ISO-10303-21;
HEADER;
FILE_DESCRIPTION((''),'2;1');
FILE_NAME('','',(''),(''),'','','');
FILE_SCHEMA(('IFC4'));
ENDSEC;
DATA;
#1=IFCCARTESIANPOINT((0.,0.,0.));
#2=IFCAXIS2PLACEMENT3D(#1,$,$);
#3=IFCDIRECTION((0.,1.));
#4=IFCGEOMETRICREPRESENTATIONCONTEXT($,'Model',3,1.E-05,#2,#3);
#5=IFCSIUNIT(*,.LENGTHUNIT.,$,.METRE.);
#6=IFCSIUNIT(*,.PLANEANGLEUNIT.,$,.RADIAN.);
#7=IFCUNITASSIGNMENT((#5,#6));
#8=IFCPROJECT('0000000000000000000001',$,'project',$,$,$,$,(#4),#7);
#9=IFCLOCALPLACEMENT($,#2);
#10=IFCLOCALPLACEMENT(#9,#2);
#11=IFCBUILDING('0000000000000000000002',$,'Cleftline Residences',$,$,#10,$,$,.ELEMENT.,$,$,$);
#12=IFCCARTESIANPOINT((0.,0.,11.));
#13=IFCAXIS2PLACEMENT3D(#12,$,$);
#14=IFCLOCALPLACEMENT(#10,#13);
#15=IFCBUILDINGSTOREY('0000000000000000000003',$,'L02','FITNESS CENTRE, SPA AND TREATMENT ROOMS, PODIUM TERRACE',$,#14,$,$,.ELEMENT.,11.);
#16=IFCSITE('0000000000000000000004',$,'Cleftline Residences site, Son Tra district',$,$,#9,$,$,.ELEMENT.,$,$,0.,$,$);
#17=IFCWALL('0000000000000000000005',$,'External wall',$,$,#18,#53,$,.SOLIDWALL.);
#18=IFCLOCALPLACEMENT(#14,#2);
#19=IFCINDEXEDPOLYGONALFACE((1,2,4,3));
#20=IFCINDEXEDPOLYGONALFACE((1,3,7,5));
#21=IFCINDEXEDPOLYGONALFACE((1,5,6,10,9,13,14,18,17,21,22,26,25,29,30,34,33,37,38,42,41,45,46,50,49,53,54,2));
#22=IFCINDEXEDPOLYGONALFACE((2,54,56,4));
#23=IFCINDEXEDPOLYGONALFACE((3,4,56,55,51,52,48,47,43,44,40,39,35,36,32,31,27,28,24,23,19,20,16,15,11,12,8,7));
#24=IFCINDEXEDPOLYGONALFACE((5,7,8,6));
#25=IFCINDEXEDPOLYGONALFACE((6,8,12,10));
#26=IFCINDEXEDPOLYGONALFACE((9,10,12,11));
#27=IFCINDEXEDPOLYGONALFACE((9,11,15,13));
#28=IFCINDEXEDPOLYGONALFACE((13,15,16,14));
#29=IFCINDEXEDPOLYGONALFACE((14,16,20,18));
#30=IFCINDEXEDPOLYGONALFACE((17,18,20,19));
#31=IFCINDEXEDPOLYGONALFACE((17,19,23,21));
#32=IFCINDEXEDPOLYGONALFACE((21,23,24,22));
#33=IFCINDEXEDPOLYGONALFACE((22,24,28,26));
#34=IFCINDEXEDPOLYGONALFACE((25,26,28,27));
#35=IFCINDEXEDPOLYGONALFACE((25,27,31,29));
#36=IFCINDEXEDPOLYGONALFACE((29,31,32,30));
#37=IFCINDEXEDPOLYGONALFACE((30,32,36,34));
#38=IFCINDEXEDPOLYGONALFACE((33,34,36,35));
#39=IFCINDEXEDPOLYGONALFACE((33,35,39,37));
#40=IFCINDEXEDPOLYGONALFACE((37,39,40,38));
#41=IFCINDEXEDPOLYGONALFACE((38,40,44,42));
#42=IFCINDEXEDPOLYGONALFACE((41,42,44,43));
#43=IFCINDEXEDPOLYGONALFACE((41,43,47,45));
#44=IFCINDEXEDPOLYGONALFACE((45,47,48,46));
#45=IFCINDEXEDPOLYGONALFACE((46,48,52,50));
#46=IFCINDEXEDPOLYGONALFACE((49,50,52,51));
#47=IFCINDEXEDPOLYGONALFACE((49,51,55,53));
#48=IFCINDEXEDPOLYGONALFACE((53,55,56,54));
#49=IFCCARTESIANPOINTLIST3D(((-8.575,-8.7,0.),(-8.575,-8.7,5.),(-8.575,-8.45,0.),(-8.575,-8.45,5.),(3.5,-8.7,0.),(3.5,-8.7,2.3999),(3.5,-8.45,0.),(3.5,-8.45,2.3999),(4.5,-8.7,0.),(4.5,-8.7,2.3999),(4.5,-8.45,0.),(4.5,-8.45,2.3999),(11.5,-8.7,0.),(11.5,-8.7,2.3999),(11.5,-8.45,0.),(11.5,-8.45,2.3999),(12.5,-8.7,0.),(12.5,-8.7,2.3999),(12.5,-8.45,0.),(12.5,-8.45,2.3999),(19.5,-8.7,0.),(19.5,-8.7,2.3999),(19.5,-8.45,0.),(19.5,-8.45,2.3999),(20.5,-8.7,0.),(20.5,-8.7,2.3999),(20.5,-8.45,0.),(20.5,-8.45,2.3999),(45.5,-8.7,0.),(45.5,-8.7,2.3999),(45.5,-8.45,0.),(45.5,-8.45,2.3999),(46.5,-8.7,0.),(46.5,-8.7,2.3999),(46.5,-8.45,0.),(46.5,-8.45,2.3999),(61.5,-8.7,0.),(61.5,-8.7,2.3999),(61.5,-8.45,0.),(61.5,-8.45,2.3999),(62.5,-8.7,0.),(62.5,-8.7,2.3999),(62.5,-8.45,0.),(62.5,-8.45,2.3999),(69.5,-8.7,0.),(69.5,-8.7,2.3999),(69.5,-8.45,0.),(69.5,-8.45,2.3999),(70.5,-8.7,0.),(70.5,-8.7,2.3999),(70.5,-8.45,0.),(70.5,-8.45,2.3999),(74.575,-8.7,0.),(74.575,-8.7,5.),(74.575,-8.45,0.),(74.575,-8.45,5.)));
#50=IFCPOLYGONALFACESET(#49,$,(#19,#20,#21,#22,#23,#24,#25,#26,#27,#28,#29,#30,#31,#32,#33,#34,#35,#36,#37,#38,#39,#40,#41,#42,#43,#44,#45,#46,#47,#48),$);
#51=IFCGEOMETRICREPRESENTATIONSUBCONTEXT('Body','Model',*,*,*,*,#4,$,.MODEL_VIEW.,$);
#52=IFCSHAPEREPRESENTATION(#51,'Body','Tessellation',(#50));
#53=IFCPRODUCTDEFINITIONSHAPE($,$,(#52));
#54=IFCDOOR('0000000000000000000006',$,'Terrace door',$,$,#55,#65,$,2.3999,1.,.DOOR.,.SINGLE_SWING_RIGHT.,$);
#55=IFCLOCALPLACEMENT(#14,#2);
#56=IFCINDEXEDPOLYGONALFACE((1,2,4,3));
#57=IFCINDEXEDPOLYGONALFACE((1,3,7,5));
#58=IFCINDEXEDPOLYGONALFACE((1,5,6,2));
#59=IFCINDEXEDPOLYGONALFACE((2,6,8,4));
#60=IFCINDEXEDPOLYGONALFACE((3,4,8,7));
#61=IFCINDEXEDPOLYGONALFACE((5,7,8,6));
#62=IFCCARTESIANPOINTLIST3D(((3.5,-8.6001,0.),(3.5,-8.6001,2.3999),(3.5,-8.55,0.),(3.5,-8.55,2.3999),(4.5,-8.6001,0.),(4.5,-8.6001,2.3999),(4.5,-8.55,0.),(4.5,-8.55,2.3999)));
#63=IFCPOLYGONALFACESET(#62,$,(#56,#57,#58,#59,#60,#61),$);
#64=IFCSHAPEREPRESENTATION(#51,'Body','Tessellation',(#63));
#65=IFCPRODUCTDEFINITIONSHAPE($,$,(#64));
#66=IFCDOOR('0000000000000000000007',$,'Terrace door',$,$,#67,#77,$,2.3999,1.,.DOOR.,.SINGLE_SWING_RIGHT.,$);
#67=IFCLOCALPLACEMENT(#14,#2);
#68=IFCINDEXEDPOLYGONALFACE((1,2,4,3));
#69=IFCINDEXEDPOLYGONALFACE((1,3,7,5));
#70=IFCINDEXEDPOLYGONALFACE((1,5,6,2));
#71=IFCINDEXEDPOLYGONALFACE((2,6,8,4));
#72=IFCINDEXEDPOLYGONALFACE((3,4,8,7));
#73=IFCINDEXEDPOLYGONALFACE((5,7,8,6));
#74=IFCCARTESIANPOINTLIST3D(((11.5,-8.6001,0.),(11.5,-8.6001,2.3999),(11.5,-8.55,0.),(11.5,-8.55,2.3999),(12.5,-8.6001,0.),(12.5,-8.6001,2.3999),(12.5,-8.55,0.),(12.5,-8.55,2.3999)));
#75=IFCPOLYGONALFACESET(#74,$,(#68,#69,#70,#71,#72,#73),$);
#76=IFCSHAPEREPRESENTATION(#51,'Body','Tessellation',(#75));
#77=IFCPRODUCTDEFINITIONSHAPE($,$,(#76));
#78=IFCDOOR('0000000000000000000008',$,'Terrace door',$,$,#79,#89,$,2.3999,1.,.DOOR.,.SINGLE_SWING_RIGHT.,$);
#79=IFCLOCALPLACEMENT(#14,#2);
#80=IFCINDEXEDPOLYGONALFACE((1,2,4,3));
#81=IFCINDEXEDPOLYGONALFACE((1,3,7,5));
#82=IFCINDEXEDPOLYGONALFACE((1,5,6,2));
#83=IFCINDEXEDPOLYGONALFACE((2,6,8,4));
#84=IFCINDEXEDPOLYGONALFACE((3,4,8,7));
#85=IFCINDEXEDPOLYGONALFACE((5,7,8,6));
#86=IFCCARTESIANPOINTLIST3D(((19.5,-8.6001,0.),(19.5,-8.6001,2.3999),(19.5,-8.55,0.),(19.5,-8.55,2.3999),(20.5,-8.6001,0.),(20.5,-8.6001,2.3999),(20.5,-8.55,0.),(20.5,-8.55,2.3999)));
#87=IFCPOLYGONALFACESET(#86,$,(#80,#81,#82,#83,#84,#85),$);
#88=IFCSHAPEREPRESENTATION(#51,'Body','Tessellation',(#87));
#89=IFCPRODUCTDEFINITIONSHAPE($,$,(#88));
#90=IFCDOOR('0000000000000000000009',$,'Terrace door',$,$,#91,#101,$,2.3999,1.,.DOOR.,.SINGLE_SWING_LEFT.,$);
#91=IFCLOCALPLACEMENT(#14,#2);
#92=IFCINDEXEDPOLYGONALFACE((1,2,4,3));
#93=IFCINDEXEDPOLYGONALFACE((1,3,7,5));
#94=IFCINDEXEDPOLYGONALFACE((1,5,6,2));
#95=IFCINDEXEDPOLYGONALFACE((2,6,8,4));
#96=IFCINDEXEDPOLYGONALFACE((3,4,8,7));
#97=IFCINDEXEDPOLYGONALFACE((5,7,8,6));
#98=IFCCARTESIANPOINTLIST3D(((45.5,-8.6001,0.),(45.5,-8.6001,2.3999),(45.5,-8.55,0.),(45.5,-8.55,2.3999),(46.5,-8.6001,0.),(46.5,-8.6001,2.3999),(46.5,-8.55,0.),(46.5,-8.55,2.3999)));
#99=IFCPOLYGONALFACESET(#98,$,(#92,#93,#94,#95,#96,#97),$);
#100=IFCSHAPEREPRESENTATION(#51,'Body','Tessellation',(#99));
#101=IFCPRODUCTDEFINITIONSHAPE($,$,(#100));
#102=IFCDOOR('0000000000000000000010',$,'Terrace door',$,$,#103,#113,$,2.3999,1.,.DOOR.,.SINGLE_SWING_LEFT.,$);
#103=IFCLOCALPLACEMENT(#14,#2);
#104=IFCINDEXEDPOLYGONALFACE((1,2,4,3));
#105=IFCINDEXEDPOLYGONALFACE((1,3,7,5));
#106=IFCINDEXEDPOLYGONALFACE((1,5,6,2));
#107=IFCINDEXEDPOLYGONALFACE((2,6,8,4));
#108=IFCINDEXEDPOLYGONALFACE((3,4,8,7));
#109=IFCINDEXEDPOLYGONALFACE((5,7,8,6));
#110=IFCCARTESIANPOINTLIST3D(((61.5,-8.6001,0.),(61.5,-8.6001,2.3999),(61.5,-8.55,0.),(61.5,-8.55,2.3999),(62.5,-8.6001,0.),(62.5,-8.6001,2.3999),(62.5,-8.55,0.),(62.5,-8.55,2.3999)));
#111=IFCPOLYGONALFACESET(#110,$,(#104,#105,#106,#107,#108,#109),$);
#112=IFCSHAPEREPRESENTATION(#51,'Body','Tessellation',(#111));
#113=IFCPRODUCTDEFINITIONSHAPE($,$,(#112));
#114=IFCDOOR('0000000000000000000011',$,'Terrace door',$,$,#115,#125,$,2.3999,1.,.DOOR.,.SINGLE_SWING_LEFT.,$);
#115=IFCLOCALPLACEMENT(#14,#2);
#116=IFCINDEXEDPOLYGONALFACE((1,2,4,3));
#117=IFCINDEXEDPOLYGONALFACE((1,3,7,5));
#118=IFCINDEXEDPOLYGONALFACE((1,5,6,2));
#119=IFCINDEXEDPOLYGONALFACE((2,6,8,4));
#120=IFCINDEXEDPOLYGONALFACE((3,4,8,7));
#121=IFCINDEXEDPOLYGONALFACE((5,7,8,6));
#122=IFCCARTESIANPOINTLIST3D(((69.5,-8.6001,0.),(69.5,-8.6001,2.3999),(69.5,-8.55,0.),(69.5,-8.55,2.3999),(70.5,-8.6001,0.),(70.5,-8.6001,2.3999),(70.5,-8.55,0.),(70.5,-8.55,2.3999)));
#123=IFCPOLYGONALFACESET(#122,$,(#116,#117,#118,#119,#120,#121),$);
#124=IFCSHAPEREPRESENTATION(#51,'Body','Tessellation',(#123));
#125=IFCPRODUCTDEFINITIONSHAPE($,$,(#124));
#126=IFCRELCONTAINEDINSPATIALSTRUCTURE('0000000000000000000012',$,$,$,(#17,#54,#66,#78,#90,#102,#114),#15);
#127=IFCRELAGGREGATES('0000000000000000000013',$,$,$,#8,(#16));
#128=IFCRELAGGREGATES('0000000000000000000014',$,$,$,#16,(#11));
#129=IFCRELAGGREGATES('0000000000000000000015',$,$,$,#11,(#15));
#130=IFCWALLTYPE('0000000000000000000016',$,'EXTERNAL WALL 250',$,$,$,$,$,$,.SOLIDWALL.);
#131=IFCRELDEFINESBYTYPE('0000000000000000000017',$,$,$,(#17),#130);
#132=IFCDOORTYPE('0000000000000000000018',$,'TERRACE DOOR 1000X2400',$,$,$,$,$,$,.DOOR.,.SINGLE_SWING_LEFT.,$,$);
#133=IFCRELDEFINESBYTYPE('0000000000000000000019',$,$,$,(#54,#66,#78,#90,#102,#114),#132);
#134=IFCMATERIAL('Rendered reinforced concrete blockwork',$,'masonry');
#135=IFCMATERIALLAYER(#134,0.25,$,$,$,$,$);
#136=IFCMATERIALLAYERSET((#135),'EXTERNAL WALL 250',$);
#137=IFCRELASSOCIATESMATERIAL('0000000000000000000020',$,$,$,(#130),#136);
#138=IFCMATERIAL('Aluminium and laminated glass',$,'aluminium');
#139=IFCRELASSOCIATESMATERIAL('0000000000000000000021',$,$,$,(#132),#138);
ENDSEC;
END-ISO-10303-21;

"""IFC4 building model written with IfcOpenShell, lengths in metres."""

from ifc_helpers import new_model, si_unit, direction, frame, frame_2d, origin, place, context, subcontext, project, spatial, rectangle, extrude, material, layer, layer_set, type_object, element, fill, save


model = new_model("IFC4")

# Units and contexts
model_context = context("Model", 3, precision=1e-05, world=origin(), true_north=direction((0.0, 1.0)))
body_context = subcontext(model_context, "Body", "Model", "MODEL_VIEW")
ifc_project = project(units=[si_unit("LENGTHUNIT", "METRE"), si_unit("PLANEANGLEUNIT", "RADIAN")], contexts=[model_context])

# Site, building, storey
site_placement = place(None, origin())
site = spatial("IfcSite", under=ifc_project, at=site_placement, Name="Cleftline Residences site, Son Tra district", CompositionType="ELEMENT", RefElevation=0.0)
building_placement = place(site_placement, origin())
building = spatial("IfcBuilding", under=site, at=building_placement, Name="Cleftline Residences", CompositionType="ELEMENT")
storey_placement = place(building_placement, frame((0.0, 0.0, 11.0)))
storey = spatial("IfcBuildingStorey", under=building, at=storey_placement, Name="L02", Description="FITNESS CENTRE, SPA AND TREATMENT ROOMS, PODIUM TERRACE", CompositionType="ELEMENT", Elevation=11.0)

# Wall, openings, doors
ifc_material_1 = material(Name="Rendered reinforced concrete blockwork", Category="masonry")
ifc_layer = layer(ifc_material_1, 0.25)
ifc_layer_set = layer_set([ifc_layer], Name="EXTERNAL WALL 250")
wall_type = type_object("IfcWallType", Name="EXTERNAL WALL 250", PredefinedType="SOLIDWALL", material=ifc_layer_set)
wall_placement = place(storey_placement, frame((-8.575, -8.575, 0.0), z_axis=(0.0, 0.0, 1.0), x_axis=(1.0, 0.0, 0.0)))
wall = element("IfcWall", 1, at=wall_placement, inside=storey, type_object=wall_type, Name="External wall", PredefinedType="SOLIDWALL", context=body_context, shape_type="SweptSolid", body=[
    extrude(rectangle(XDim=83.1499, YDim=0.25, at=frame_2d((41.575, 0.0))), origin(), (0.0, 0.0, 1.0), 5.0),
])
opening_1_placement = place(wall_placement, frame((12.075, 0.0, 0.0)))
opening_1 = element("IfcOpeningElement", 2, at=opening_1_placement, cuts=wall, PredefinedType="OPENING", context=body_context, shape_type="SweptSolid", body=[
    extrude(rectangle(XDim=1.0, YDim=2.3999, at=frame_2d((0.5, 1.2))), frame((0.0, 0.135, 0.0), z_axis=(0.0, -1.0, 0.0), x_axis=(1.0, 0.0, 0.0)), (0.0, 0.0, 1.0), 0.27),
])
opening_2_placement = place(wall_placement, frame((20.075, 0.0, 0.0)))
opening_2 = element("IfcOpeningElement", 3, at=opening_2_placement, cuts=wall, PredefinedType="OPENING", context=body_context, shape_type="SweptSolid", body=[
    extrude(rectangle(XDim=1.0, YDim=2.3999, at=frame_2d((0.5, 1.2))), frame((0.0, 0.135, 0.0), z_axis=(0.0, -1.0, 0.0), x_axis=(1.0, 0.0, 0.0)), (0.0, 0.0, 1.0), 0.27),
])
opening_3_placement = place(wall_placement, frame((28.075, 0.0, 0.0)))
opening_3 = element("IfcOpeningElement", 4, at=opening_3_placement, cuts=wall, PredefinedType="OPENING", context=body_context, shape_type="SweptSolid", body=[
    extrude(rectangle(XDim=1.0, YDim=2.3999, at=frame_2d((0.5, 1.2))), frame((0.0, 0.135, 0.0), z_axis=(0.0, -1.0, 0.0), x_axis=(1.0, 0.0, 0.0)), (0.0, 0.0, 1.0), 0.27),
])
opening_4_placement = place(wall_placement, frame((54.075, 0.0, 0.0)))
opening_4 = element("IfcOpeningElement", 5, at=opening_4_placement, cuts=wall, PredefinedType="OPENING", context=body_context, shape_type="SweptSolid", body=[
    extrude(rectangle(XDim=1.0, YDim=2.3999, at=frame_2d((0.5, 1.2))), frame((0.0, 0.135, 0.0), z_axis=(0.0, -1.0, 0.0), x_axis=(1.0, 0.0, 0.0)), (0.0, 0.0, 1.0), 0.27),
])
opening_5_placement = place(wall_placement, frame((70.075, 0.0, 0.0)))
opening_5 = element("IfcOpeningElement", 6, at=opening_5_placement, cuts=wall, PredefinedType="OPENING", context=body_context, shape_type="SweptSolid", body=[
    extrude(rectangle(XDim=1.0, YDim=2.3999, at=frame_2d((0.5, 1.2))), frame((0.0, 0.135, 0.0), z_axis=(0.0, -1.0, 0.0), x_axis=(1.0, 0.0, 0.0)), (0.0, 0.0, 1.0), 0.27),
])
opening_6_placement = place(wall_placement, frame((78.075, 0.0, 0.0)))
opening_6 = element("IfcOpeningElement", 7, at=opening_6_placement, cuts=wall, PredefinedType="OPENING", context=body_context, shape_type="SweptSolid", body=[
    extrude(rectangle(XDim=1.0, YDim=2.3999, at=frame_2d((0.5, 1.2))), frame((0.0, 0.135, 0.0), z_axis=(0.0, -1.0, 0.0), x_axis=(1.0, 0.0, 0.0)), (0.0, 0.0, 1.0), 0.27),
])
ifc_material_2 = material(Name="Aluminium and laminated glass", Category="aluminium")
door_type = type_object("IfcDoorType", Name="TERRACE DOOR 1000X2400", OperationType="SINGLE_SWING_LEFT", PredefinedType="DOOR", material=ifc_material_2)
door_1_placement = place(opening_1_placement, origin())
door_1 = element("IfcDoor", 8, at=door_1_placement, inside=storey, type_object=door_type, Name="Terrace door", OperationType="SINGLE_SWING_RIGHT", OverallHeight=2.3999, OverallWidth=1.0, PredefinedType="DOOR", context=body_context, shape_type="SweptSolid", body=[
    extrude(rectangle(XDim=1.0, YDim=2.3999, at=frame_2d((0.5, 1.2))), frame((0.0, 0.0249, 0.0), z_axis=(0.0, -1.0, 0.0), x_axis=(1.0, 0.0, 0.0)), (0.0, 0.0, 1.0), 0.05),
])
fill(opening_1, door_1)
door_2_placement = place(opening_2_placement, origin())
door_2 = element("IfcDoor", 9, at=door_2_placement, inside=storey, type_object=door_type, Name="Terrace door", OperationType="SINGLE_SWING_RIGHT", OverallHeight=2.3999, OverallWidth=1.0, PredefinedType="DOOR", context=body_context, shape_type="SweptSolid", body=[
    extrude(rectangle(XDim=1.0, YDim=2.3999, at=frame_2d((0.5, 1.2))), frame((0.0, 0.0249, 0.0), z_axis=(0.0, -1.0, 0.0), x_axis=(1.0, 0.0, 0.0)), (0.0, 0.0, 1.0), 0.05),
])
fill(opening_2, door_2)
door_3_placement = place(opening_3_placement, origin())
door_3 = element("IfcDoor", 10, at=door_3_placement, inside=storey, type_object=door_type, Name="Terrace door", OperationType="SINGLE_SWING_RIGHT", OverallHeight=2.3999, OverallWidth=1.0, PredefinedType="DOOR", context=body_context, shape_type="SweptSolid", body=[
    extrude(rectangle(XDim=1.0, YDim=2.3999, at=frame_2d((0.5, 1.2))), frame((0.0, 0.0249, 0.0), z_axis=(0.0, -1.0, 0.0), x_axis=(1.0, 0.0, 0.0)), (0.0, 0.0, 1.0), 0.05),
])
fill(opening_3, door_3)
door_4_placement = place(opening_4_placement, origin())
door_4 = element("IfcDoor", 11, at=door_4_placement, inside=storey, type_object=door_type, Name="Terrace door", OperationType="SINGLE_SWING_LEFT", OverallHeight=2.3999, OverallWidth=1.0, PredefinedType="DOOR", context=body_context, shape_type="SweptSolid", body=[
    extrude(rectangle(XDim=1.0, YDim=2.3999, at=frame_2d((0.5, 1.2))), frame((0.0, 0.0249, 0.0), z_axis=(0.0, -1.0, 0.0), x_axis=(1.0, 0.0, 0.0)), (0.0, 0.0, 1.0), 0.05),
])
fill(opening_4, door_4)
door_5_placement = place(opening_5_placement, origin())
door_5 = element("IfcDoor", 12, at=door_5_placement, inside=storey, type_object=door_type, Name="Terrace door", OperationType="SINGLE_SWING_LEFT", OverallHeight=2.3999, OverallWidth=1.0, PredefinedType="DOOR", context=body_context, shape_type="SweptSolid", body=[
    extrude(rectangle(XDim=1.0, YDim=2.3999, at=frame_2d((0.5, 1.2))), frame((0.0, 0.0249, 0.0), z_axis=(0.0, -1.0, 0.0), x_axis=(1.0, 0.0, 0.0)), (0.0, 0.0, 1.0), 0.05),
])
fill(opening_5, door_5)
door_6_placement = place(opening_6_placement, origin())
door_6 = element("IfcDoor", 13, at=door_6_placement, inside=storey, type_object=door_type, Name="Terrace door", OperationType="SINGLE_SWING_LEFT", OverallHeight=2.3999, OverallWidth=1.0, PredefinedType="DOOR", context=body_context, shape_type="SweptSolid", body=[
    extrude(rectangle(XDim=1.0, YDim=2.3999, at=frame_2d((0.5, 1.2))), frame((0.0, 0.0249, 0.0), z_axis=(0.0, -1.0, 0.0), x_axis=(1.0, 0.0, 0.0)), (0.0, 0.0, 1.0), 0.05),
])
fill(opening_6, door_6)

save(model, "model.ifc")
